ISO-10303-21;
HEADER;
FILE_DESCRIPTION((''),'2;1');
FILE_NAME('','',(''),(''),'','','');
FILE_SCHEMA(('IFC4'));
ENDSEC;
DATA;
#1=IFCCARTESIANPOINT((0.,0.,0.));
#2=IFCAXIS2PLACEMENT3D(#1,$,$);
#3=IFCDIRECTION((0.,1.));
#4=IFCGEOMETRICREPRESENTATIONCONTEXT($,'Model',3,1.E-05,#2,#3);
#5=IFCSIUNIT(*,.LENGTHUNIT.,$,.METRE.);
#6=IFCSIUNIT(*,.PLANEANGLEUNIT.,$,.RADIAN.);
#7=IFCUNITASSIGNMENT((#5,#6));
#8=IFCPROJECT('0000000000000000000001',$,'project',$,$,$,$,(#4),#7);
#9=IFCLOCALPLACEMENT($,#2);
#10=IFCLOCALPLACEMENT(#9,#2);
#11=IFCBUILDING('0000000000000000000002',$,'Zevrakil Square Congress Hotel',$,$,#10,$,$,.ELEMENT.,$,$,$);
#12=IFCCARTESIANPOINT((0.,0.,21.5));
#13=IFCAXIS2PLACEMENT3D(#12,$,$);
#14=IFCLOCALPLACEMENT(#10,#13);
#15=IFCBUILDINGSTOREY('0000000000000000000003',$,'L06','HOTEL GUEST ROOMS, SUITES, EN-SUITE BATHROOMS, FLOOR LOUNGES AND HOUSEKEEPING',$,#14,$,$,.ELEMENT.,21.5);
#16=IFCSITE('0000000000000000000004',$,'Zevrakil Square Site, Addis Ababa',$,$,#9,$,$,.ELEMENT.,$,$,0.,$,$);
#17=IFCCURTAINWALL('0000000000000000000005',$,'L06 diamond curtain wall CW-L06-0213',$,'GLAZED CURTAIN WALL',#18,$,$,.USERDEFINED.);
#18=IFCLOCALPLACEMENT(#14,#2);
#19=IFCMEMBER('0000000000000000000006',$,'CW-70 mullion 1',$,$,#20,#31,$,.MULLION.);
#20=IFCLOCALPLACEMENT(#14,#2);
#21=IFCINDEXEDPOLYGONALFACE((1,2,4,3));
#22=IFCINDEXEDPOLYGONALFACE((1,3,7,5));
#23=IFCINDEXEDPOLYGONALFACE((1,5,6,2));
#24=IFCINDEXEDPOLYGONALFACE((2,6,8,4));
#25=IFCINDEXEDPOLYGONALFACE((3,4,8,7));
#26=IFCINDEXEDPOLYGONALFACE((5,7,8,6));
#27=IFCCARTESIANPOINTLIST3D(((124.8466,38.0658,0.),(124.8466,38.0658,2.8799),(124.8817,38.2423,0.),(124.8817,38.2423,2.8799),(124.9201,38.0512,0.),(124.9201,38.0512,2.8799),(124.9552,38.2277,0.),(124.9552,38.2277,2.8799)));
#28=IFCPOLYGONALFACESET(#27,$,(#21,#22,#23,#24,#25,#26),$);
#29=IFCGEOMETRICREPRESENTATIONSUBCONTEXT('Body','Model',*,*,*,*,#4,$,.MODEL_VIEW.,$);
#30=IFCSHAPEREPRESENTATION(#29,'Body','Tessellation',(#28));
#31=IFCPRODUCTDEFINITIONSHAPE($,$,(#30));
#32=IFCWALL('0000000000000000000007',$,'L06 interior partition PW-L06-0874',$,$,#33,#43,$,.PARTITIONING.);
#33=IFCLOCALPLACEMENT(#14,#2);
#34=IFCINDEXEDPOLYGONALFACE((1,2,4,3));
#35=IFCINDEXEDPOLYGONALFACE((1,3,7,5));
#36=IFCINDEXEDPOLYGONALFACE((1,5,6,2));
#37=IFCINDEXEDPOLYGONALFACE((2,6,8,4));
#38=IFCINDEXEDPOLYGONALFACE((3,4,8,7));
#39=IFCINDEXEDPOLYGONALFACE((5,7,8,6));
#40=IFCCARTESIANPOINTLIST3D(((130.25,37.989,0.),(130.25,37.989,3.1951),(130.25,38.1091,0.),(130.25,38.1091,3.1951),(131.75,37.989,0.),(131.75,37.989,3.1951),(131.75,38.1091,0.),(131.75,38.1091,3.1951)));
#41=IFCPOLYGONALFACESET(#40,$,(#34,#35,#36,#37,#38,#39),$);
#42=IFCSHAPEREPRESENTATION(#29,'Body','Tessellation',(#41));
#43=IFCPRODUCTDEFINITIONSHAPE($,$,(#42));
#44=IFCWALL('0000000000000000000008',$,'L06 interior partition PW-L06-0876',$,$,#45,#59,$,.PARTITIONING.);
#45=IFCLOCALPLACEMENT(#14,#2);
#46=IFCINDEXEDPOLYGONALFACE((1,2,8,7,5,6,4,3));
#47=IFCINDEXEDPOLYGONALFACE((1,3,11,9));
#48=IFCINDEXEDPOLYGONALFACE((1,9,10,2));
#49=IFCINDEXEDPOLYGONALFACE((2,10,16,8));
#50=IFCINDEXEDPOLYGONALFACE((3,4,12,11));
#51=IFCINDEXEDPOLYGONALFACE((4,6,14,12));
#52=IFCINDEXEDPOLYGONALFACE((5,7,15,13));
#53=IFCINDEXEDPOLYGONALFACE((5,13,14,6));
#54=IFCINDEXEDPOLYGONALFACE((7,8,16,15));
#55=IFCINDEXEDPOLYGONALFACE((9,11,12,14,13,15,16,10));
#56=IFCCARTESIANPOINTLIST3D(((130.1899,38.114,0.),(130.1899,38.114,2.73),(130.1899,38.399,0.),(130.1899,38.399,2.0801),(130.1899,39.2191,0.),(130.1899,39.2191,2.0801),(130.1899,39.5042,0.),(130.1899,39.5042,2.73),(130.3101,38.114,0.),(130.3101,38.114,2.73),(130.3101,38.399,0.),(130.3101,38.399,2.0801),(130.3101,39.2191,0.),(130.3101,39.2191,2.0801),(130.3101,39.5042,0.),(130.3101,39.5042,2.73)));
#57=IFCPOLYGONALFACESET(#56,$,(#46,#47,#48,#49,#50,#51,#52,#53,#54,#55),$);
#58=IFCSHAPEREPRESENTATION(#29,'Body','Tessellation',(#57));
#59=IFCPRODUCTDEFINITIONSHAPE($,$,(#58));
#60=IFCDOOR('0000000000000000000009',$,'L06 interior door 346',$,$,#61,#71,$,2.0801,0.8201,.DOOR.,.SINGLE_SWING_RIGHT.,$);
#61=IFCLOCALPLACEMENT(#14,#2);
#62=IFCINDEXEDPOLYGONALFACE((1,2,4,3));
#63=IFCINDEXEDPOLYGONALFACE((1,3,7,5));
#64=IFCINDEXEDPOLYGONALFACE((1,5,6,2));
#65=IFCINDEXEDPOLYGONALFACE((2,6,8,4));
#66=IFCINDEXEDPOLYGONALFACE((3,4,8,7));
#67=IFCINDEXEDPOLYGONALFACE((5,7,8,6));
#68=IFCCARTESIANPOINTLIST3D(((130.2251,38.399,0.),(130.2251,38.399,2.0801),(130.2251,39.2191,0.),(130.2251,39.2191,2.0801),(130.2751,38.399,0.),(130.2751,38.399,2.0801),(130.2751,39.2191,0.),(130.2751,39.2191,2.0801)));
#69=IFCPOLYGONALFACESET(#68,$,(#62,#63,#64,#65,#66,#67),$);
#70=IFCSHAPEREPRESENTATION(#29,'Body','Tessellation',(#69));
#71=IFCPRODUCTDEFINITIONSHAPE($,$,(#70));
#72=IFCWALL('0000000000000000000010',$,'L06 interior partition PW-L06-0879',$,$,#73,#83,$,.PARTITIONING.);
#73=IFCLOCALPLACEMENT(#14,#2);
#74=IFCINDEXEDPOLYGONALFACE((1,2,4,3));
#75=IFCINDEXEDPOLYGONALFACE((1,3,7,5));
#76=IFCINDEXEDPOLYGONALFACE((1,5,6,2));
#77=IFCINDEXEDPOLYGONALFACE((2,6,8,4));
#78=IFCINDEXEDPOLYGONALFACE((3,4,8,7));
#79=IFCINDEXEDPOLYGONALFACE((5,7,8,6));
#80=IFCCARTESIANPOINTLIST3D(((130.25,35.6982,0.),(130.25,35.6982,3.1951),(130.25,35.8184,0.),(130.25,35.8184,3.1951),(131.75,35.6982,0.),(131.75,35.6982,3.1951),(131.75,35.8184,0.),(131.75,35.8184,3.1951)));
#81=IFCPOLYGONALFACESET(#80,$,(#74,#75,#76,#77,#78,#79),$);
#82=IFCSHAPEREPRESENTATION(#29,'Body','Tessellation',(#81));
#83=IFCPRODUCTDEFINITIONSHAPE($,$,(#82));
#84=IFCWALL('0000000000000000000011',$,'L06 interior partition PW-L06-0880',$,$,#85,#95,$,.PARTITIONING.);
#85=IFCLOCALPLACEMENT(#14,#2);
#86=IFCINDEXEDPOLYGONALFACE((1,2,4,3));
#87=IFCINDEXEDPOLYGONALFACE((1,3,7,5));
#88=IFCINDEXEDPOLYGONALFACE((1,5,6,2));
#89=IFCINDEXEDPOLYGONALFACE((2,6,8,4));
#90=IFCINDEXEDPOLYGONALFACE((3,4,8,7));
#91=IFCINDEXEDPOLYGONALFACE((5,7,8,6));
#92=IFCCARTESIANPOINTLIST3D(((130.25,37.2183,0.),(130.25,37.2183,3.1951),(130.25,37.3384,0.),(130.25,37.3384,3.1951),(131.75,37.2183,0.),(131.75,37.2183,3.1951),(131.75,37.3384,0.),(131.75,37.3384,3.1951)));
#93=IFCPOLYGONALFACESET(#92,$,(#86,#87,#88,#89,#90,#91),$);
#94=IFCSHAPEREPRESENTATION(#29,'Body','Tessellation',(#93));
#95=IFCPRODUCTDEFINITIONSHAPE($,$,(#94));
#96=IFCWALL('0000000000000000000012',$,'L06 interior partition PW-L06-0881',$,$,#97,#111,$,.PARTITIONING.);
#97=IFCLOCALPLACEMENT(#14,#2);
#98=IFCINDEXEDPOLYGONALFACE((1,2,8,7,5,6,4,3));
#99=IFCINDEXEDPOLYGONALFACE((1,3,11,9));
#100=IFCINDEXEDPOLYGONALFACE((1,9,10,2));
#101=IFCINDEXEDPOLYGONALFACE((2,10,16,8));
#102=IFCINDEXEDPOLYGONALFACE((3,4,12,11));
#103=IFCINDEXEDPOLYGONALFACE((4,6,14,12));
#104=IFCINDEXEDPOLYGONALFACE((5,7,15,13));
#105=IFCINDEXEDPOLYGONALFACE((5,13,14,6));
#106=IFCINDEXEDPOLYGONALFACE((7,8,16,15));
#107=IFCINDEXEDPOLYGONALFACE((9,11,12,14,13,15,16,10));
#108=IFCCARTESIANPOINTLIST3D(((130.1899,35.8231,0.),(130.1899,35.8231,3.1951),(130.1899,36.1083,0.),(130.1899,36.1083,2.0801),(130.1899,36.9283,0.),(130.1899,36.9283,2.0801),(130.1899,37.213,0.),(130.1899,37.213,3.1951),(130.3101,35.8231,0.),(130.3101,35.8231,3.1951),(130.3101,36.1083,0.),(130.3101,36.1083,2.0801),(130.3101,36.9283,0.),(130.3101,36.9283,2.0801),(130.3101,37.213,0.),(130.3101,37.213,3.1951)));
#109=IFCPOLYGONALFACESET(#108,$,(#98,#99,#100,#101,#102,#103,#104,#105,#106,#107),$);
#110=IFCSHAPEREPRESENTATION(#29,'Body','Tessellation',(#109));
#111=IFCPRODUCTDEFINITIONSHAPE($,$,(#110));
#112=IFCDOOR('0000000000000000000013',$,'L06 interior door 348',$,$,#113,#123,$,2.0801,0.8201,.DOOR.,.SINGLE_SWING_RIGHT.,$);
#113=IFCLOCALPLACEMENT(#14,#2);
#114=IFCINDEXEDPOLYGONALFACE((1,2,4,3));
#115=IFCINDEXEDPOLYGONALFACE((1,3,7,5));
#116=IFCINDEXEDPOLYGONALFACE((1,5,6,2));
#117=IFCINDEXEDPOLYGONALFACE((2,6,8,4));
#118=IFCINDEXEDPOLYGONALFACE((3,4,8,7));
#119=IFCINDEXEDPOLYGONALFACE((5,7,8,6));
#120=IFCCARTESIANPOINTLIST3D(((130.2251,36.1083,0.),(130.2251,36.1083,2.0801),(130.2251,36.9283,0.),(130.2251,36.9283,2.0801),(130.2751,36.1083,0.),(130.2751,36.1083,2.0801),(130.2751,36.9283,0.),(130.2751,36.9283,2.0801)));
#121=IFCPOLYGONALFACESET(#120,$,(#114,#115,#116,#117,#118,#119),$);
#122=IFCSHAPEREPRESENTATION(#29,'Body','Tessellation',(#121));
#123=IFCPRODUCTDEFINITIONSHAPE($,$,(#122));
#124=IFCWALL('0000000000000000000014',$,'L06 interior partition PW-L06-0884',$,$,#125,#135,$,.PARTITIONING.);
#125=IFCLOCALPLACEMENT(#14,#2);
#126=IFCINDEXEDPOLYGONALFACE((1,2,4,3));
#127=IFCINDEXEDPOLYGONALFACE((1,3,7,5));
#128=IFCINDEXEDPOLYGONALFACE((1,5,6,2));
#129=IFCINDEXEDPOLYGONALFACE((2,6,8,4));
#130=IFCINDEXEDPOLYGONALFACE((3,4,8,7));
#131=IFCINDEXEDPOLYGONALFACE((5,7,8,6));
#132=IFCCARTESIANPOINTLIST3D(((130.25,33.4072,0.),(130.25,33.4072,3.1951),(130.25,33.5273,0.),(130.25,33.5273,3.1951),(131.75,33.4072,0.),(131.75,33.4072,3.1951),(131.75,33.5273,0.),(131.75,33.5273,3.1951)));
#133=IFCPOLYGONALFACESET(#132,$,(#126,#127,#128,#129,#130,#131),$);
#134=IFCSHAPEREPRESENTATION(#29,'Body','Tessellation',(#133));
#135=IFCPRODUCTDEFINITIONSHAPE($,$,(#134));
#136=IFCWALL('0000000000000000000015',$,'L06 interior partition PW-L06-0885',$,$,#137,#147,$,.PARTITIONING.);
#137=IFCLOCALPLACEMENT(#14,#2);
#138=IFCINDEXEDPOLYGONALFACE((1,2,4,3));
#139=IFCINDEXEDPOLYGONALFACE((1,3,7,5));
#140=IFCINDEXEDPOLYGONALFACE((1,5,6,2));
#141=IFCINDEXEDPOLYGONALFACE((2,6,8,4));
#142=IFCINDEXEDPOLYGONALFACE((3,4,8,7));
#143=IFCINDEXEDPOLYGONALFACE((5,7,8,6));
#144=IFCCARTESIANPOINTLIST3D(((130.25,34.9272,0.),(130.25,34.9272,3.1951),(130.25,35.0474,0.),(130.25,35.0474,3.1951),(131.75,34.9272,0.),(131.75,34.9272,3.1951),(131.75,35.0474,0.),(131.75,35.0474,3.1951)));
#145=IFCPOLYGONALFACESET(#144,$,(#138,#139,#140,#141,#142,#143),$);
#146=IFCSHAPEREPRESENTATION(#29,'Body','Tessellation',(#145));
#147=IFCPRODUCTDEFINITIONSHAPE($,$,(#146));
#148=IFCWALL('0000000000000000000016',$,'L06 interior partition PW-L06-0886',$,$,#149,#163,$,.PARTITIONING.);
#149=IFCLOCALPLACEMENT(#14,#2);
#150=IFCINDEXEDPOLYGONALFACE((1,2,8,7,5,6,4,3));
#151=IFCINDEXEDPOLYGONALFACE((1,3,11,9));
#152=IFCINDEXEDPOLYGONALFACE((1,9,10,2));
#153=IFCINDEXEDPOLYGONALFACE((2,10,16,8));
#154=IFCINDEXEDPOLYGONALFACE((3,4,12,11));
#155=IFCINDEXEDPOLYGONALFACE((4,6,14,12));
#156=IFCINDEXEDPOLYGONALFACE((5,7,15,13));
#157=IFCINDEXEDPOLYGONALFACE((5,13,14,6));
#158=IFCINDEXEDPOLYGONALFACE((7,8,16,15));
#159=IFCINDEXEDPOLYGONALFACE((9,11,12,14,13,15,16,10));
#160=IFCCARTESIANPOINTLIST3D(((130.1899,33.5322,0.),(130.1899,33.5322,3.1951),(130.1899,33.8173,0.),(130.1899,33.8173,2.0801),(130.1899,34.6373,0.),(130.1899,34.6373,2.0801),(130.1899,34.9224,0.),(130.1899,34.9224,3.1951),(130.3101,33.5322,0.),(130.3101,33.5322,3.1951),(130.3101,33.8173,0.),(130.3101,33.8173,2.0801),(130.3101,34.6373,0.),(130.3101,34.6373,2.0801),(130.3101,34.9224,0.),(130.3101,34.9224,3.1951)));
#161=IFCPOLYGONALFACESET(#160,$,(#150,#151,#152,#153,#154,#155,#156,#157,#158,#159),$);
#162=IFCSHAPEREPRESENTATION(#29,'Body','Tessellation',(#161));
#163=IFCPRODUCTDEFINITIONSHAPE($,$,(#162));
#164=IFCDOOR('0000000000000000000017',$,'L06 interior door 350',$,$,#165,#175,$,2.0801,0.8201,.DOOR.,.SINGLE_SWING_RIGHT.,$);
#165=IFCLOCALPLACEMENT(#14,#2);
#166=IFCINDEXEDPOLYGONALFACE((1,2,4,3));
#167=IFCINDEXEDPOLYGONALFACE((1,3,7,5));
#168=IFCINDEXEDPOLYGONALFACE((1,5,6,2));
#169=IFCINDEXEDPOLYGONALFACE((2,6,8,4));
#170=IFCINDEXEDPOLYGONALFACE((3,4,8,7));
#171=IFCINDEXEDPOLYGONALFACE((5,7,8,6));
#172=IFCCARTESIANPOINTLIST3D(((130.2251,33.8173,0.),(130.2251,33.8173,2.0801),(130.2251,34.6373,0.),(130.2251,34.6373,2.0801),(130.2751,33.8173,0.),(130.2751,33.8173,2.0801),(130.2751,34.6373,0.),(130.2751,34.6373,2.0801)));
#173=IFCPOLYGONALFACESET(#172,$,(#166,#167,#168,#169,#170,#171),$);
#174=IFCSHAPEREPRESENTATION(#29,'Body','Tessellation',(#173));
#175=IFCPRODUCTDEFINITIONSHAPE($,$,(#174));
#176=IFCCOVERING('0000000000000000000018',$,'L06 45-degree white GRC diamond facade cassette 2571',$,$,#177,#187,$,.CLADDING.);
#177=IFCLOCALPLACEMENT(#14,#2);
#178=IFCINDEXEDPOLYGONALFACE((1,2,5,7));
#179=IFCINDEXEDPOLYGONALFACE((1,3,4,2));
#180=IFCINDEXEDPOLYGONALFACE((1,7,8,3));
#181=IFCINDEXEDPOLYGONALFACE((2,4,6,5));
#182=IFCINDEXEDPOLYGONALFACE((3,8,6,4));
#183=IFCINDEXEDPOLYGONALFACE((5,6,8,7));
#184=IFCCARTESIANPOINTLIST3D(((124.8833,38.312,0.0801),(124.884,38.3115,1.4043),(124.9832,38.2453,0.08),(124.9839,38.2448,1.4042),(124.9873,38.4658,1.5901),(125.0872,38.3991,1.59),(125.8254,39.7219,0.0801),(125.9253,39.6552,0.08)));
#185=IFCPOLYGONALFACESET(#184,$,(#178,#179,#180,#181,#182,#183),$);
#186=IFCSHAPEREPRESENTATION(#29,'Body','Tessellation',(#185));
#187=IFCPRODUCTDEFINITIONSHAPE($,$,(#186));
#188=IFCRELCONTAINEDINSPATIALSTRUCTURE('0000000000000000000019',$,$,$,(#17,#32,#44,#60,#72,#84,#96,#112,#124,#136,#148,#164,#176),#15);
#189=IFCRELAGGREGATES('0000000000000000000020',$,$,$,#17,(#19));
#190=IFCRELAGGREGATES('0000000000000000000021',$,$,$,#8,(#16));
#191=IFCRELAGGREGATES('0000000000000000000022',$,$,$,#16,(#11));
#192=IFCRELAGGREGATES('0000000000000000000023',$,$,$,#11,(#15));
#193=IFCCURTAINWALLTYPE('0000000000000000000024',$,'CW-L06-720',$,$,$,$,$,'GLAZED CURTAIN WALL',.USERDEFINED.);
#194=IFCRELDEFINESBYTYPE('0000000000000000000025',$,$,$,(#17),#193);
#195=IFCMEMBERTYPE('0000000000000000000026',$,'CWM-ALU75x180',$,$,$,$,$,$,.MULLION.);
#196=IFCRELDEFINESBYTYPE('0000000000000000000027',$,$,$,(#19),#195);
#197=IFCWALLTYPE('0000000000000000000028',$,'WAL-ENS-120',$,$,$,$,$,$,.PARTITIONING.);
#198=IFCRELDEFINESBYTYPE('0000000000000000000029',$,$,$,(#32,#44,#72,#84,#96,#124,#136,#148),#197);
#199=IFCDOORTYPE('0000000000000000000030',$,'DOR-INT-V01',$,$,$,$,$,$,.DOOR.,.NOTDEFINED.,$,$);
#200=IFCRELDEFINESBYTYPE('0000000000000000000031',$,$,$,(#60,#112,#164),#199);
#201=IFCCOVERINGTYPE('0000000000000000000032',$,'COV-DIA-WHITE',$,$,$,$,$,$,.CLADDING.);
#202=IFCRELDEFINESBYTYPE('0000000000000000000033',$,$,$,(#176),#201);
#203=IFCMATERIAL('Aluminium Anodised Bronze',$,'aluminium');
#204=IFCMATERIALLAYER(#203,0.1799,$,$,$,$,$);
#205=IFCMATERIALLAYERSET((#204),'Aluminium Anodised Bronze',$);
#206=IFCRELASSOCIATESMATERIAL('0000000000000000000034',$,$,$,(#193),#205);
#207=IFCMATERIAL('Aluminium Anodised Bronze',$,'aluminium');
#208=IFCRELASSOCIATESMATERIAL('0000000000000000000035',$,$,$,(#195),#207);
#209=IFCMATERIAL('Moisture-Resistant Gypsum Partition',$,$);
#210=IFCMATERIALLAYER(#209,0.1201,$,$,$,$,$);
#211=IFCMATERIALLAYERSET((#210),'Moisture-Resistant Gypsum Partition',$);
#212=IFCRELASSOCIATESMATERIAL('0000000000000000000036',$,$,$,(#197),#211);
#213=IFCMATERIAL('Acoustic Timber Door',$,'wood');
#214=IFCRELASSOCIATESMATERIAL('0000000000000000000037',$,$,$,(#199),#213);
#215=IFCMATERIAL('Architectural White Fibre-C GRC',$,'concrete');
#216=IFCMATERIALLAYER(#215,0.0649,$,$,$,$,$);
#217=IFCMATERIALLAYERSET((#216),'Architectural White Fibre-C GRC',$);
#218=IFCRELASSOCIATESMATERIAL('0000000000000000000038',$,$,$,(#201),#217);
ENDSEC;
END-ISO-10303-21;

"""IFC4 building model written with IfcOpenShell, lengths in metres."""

from ifc_helpers import new_model, si_unit, direction, frame, frame_2d, origin, origin_2d, place, context, subcontext, project, spatial, polyline, rectangle, outline, extrude, material, layer, layer_set, material_profile, profile_set, type_object, element, fill, aggregate, save


model = new_model("IFC4")

# Units and contexts
model_context = context("Model", 3, precision=1e-05, world=origin(), true_north=direction((0.0, 1.0)))
body_context = subcontext(model_context, "Body", "Model", "MODEL_VIEW")
ifc_project = project(units=[si_unit("LENGTHUNIT", "METRE"), si_unit("PLANEANGLEUNIT", "RADIAN")], contexts=[model_context])

# Site, building, storey
site_placement = place(None, origin())
site = spatial("IfcSite", under=ifc_project, at=site_placement, Name="Zevrakil Square Site, Addis Ababa", CompositionType="ELEMENT", RefElevation=0.0)
building_placement = place(site_placement, origin())
building = spatial("IfcBuilding", under=site, at=building_placement, Name="Zevrakil Square Congress Hotel", CompositionType="ELEMENT")
storey_placement = place(building_placement, frame((0.0, 0.0, 21.5)))
storey = spatial("IfcBuildingStorey", under=building, at=storey_placement, Name="L06", Description="HOTEL GUEST ROOMS, SUITES, EN-SUITE BATHROOMS, FLOOR LOUNGES AND HOUSEKEEPING", CompositionType="ELEMENT", Elevation=21.5)

# Curtain wall
ifc_material_1 = material(Name="Aluminium Anodised Bronze", Category="aluminium")
ifc_layer_1 = layer(ifc_material_1, 0.1799)
ifc_layer_set_1 = layer_set([ifc_layer_1], Name="Aluminium Anodised Bronze")
curtain_wall_type = type_object("IfcCurtainWallType", Name="CW-L06-720", ElementType="GLAZED CURTAIN WALL", PredefinedType="USERDEFINED", material=ifc_layer_set_1)
curtain_wall_1_placement = place(storey_placement, origin())
curtain_wall_1 = element("IfcCurtainWall", 1, at=curtain_wall_1_placement, inside=storey, type_object=curtain_wall_type, Name="L06 diamond curtain wall CW-L06-0213", ObjectType="GLAZED CURTAIN WALL", PredefinedType="USERDEFINED")

# Shared definitions
ifc_material_2 = material(Name="Aluminium Anodised Bronze", Category="aluminium")
ifc_material_profile_1 = material_profile(ifc_material_2, rectangle(XDim=0.075, YDim=0.1799, at=origin_2d()), Name="ALU 75x180")
ifc_profile_set_1 = profile_set([ifc_material_profile_1], Name="Aluminium Anodised Bronze")
member_type_1 = type_object("IfcMemberType", Name="CWM-ALU75x180", PredefinedType="MULLION", material=ifc_profile_set_1)

# Member
member_1_placement = place(storey_placement, frame((124.9009, 38.1467, 0.0), z_axis=(0.0, 0.0, 1.0), x_axis=(0.980787, -0.195084, 0.0)))
member_1 = element("IfcMember", 2, at=member_1_placement, type_object=member_type_1, Name="CW-70 mullion 1", PredefinedType="MULLION", context=body_context, shape_type="SweptSolid", body=[
    extrude(rectangle(XDim=0.075, YDim=0.1799, at=origin_2d()), origin(), (0.0, 0.0, 1.0), 2.8799),
])
aggregate(curtain_wall_1, [member_1])

# Wall
ifc_material_3 = material(Name="Moisture-Resistant Gypsum Partition")
ifc_layer_2 = layer(ifc_material_3, 0.1201)
ifc_layer_set_2 = layer_set([ifc_layer_2], Name="Moisture-Resistant Gypsum Partition")
wall_type = type_object("IfcWallType", Name="WAL-ENS-120", PredefinedType="PARTITIONING", material=ifc_layer_set_2)
wall_1_placement = place(storey_placement, frame((130.25, 38.0491, 0.0), z_axis=(0.0, 0.0, 1.0), x_axis=(1.0, 0.0, 0.0)))
element("IfcWall", 3, at=wall_1_placement, inside=storey, type_object=wall_type, Name="L06 interior partition PW-L06-0874", PredefinedType="PARTITIONING", context=body_context, shape_type="SweptSolid", body=[
    extrude(rectangle(XDim=1.5, YDim=0.1201, at=frame_2d((0.75, 0.0))), origin(), (0.0, 0.0, 1.0), 3.1951),
])

# Wall, opening, door
wall_2_placement = place(storey_placement, frame((130.25, 38.114, 0.0), z_axis=(0.0, 0.0, 1.0), x_axis=(0.0, 1.0, 0.0)))
wall_2 = element("IfcWall", 4, at=wall_2_placement, inside=storey, type_object=wall_type, Name="L06 interior partition PW-L06-0876", PredefinedType="PARTITIONING", context=body_context, shape_type="SweptSolid", body=[
    extrude(rectangle(XDim=1.3901, YDim=0.1201, at=frame_2d((0.6951, 0.0))), origin(), (0.0, 0.0, 1.0), 2.73),
])
opening_1_placement = place(wall_2_placement, frame((0.2849, 0.0, 0.0)))
opening_1 = element("IfcOpeningElement", 5, at=opening_1_placement, cuts=wall_2, PredefinedType="OPENING", context=body_context, shape_type="SweptSolid", body=[
    extrude(rectangle(XDim=0.8201, YDim=2.0801, at=frame_2d((0.4102, 1.04))), frame((0.0, 0.0701, 0.0), z_axis=(0.0, -1.0, 0.0), x_axis=(1.0, 0.0, 0.0)), (0.0, 0.0, 1.0), 0.1401),
])
ifc_material_4 = material(Name="Acoustic Timber Door", Category="wood")
door_type = type_object("IfcDoorType", Name="DOR-INT-V01", OperationType="NOTDEFINED", PredefinedType="DOOR", material=ifc_material_4)
door_1_placement = place(opening_1_placement, origin())
door_1 = element("IfcDoor", 6, at=door_1_placement, inside=storey, type_object=door_type, Name="L06 interior door 346", OperationType="SINGLE_SWING_RIGHT", OverallHeight=2.0801, OverallWidth=0.8201, PredefinedType="DOOR", context=body_context, shape_type="SweptSolid", body=[
    extrude(rectangle(XDim=0.8201, YDim=2.0801, at=frame_2d((0.4102, 1.04))), frame((0.0, 0.0249, 0.0), z_axis=(0.0, -1.0, 0.0), x_axis=(1.0, 0.0, 0.0)), (0.0, 0.0, 1.0), 0.05),
])
fill(opening_1, door_1)

# Walls
for number, where, z_axis, x_axis, name in (
    (7, (130.25, 35.7583, 0.0), (0.0, 0.0, 1.0), (1.0, 0.0, 0.0), "L06 interior partition PW-L06-0879"),
    (8, (130.25, 37.2783, 0.0), (0.0, 0.0, 1.0), (1.0, 0.0, 0.0), "L06 interior partition PW-L06-0880"),
):
    element("IfcWall", number, at=place(storey_placement, frame(where, z_axis=z_axis, x_axis=x_axis)), inside=storey, type_object=wall_type, Name=name, PredefinedType="PARTITIONING", context=body_context, shape_type="SweptSolid", body=[
        extrude(rectangle(XDim=1.5, YDim=0.1201, at=frame_2d((0.75, 0.0))), origin(), (0.0, 0.0, 1.0), 3.1951),
    ])

# Wall, opening, door
wall_3_placement = place(storey_placement, frame((130.25, 35.8232, 0.0), z_axis=(0.0, 0.0, 1.0), x_axis=(0.0, 1.0, 0.0)))
wall_3 = element("IfcWall", 9, at=wall_3_placement, inside=storey, type_object=wall_type, Name="L06 interior partition PW-L06-0881", PredefinedType="PARTITIONING", context=body_context, shape_type="SweptSolid", body=[
    extrude(rectangle(XDim=1.3899, YDim=0.1201, at=frame_2d((0.6948, 0.0))), origin(), (0.0, 0.0, 1.0), 3.1951),
])
opening_2_placement = place(wall_3_placement, frame((0.2849, 0.0, 0.0)))
opening_2 = element("IfcOpeningElement", 10, at=opening_2_placement, cuts=wall_3, PredefinedType="OPENING", context=body_context, shape_type="SweptSolid", body=[
    extrude(rectangle(XDim=0.8201, YDim=2.0801, at=frame_2d((0.4102, 1.04))), frame((0.0, 0.0701, 0.0), z_axis=(0.0, -1.0, 0.0), x_axis=(1.0, 0.0, 0.0)), (0.0, 0.0, 1.0), 0.1401),
])
door_2_placement = place(opening_2_placement, origin())
door_2 = element("IfcDoor", 11, at=door_2_placement, inside=storey, type_object=door_type, Name="L06 interior door 348", OperationType="SINGLE_SWING_RIGHT", OverallHeight=2.0801, OverallWidth=0.8201, PredefinedType="DOOR", context=body_context, shape_type="SweptSolid", body=[
    extrude(rectangle(XDim=0.8201, YDim=2.0801, at=frame_2d((0.4102, 1.04))), frame((0.0, 0.0249, 0.0), z_axis=(0.0, -1.0, 0.0), x_axis=(1.0, 0.0, 0.0)), (0.0, 0.0, 1.0), 0.05),
])
fill(opening_2, door_2)

# Walls
for number, where, z_axis, x_axis, name in (
    (12, (130.25, 33.4673, 0.0), (0.0, 0.0, 1.0), (1.0, 0.0, 0.0), "L06 interior partition PW-L06-0884"),
    (13, (130.25, 34.9873, 0.0), (0.0, 0.0, 1.0), (1.0, 0.0, 0.0), "L06 interior partition PW-L06-0885"),
):
    element("IfcWall", number, at=place(storey_placement, frame(where, z_axis=z_axis, x_axis=x_axis)), inside=storey, type_object=wall_type, Name=name, PredefinedType="PARTITIONING", context=body_context, shape_type="SweptSolid", body=[
        extrude(rectangle(XDim=1.5, YDim=0.1201, at=frame_2d((0.75, 0.0))), origin(), (0.0, 0.0, 1.0), 3.1951),
    ])

# Wall, opening, door
wall_4_placement = place(storey_placement, frame((130.25, 33.5322, 0.0), z_axis=(0.0, 0.0, 1.0), x_axis=(0.0, 1.0, 0.0)))
wall_4 = element("IfcWall", 14, at=wall_4_placement, inside=storey, type_object=wall_type, Name="L06 interior partition PW-L06-0886", PredefinedType="PARTITIONING", context=body_context, shape_type="SweptSolid", body=[
    extrude(rectangle(XDim=1.3901, YDim=0.1201, at=frame_2d((0.6951, 0.0))), origin(), (0.0, 0.0, 1.0), 3.1951),
])
opening_3_placement = place(wall_4_placement, frame((0.2849, 0.0, 0.0)))
opening_3 = element("IfcOpeningElement", 15, at=opening_3_placement, cuts=wall_4, PredefinedType="OPENING", context=body_context, shape_type="SweptSolid", body=[
    extrude(rectangle(XDim=0.8201, YDim=2.0801, at=frame_2d((0.4102, 1.04))), frame((0.0, 0.0701, 0.0), z_axis=(0.0, -1.0, 0.0), x_axis=(1.0, 0.0, 0.0)), (0.0, 0.0, 1.0), 0.1401),
])
door_3_placement = place(opening_3_placement, origin())
door_3 = element("IfcDoor", 16, at=door_3_placement, inside=storey, type_object=door_type, Name="L06 interior door 350", OperationType="SINGLE_SWING_RIGHT", OverallHeight=2.0801, OverallWidth=0.8201, PredefinedType="DOOR", context=body_context, shape_type="SweptSolid", body=[
    extrude(rectangle(XDim=0.8201, YDim=2.0801, at=frame_2d((0.4102, 1.04))), frame((0.0, 0.0249, 0.0), z_axis=(0.0, -1.0, 0.0), x_axis=(1.0, 0.0, 0.0)), (0.0, 0.0, 1.0), 0.05),
])
fill(opening_3, door_3)

# Covering
ifc_material_5 = material(Name="Architectural White Fibre-C GRC", Category="concrete")
ifc_layer_3 = layer(ifc_material_5, 0.0649)
ifc_layer_set_3 = layer_set([ifc_layer_3], Name="Architectural White Fibre-C GRC")
covering_type = type_object("IfcCoveringType", Name="COV-DIA-WHITE", PredefinedType="CLADDING", material=ifc_layer_set_3)
covering_1_placement = place(storey_placement, frame((124.9873, 38.4658, 1.5901), z_axis=(-0.831448, 0.555603, 0.000674), x_axis=(-0.393136, -0.587462, -0.707341)))
element("IfcCovering", 17, at=covering_1_placement, inside=storey, type_object=covering_type, Name="L06 45-degree white GRC diamond facade cassette 2571", PredefinedType="CLADDING", context=body_context, shape_type="SweptSolid", body=[
    extrude(outline(polyline([(0.0, 0.0), (0.2627, 0.0), (1.1993, -0.9361), (0.0007, -2.1355), (0.0, 0.0)])), origin(), (0.0, 0.0, -1.0), 0.1201),
])

save(model, "model.ifc")
